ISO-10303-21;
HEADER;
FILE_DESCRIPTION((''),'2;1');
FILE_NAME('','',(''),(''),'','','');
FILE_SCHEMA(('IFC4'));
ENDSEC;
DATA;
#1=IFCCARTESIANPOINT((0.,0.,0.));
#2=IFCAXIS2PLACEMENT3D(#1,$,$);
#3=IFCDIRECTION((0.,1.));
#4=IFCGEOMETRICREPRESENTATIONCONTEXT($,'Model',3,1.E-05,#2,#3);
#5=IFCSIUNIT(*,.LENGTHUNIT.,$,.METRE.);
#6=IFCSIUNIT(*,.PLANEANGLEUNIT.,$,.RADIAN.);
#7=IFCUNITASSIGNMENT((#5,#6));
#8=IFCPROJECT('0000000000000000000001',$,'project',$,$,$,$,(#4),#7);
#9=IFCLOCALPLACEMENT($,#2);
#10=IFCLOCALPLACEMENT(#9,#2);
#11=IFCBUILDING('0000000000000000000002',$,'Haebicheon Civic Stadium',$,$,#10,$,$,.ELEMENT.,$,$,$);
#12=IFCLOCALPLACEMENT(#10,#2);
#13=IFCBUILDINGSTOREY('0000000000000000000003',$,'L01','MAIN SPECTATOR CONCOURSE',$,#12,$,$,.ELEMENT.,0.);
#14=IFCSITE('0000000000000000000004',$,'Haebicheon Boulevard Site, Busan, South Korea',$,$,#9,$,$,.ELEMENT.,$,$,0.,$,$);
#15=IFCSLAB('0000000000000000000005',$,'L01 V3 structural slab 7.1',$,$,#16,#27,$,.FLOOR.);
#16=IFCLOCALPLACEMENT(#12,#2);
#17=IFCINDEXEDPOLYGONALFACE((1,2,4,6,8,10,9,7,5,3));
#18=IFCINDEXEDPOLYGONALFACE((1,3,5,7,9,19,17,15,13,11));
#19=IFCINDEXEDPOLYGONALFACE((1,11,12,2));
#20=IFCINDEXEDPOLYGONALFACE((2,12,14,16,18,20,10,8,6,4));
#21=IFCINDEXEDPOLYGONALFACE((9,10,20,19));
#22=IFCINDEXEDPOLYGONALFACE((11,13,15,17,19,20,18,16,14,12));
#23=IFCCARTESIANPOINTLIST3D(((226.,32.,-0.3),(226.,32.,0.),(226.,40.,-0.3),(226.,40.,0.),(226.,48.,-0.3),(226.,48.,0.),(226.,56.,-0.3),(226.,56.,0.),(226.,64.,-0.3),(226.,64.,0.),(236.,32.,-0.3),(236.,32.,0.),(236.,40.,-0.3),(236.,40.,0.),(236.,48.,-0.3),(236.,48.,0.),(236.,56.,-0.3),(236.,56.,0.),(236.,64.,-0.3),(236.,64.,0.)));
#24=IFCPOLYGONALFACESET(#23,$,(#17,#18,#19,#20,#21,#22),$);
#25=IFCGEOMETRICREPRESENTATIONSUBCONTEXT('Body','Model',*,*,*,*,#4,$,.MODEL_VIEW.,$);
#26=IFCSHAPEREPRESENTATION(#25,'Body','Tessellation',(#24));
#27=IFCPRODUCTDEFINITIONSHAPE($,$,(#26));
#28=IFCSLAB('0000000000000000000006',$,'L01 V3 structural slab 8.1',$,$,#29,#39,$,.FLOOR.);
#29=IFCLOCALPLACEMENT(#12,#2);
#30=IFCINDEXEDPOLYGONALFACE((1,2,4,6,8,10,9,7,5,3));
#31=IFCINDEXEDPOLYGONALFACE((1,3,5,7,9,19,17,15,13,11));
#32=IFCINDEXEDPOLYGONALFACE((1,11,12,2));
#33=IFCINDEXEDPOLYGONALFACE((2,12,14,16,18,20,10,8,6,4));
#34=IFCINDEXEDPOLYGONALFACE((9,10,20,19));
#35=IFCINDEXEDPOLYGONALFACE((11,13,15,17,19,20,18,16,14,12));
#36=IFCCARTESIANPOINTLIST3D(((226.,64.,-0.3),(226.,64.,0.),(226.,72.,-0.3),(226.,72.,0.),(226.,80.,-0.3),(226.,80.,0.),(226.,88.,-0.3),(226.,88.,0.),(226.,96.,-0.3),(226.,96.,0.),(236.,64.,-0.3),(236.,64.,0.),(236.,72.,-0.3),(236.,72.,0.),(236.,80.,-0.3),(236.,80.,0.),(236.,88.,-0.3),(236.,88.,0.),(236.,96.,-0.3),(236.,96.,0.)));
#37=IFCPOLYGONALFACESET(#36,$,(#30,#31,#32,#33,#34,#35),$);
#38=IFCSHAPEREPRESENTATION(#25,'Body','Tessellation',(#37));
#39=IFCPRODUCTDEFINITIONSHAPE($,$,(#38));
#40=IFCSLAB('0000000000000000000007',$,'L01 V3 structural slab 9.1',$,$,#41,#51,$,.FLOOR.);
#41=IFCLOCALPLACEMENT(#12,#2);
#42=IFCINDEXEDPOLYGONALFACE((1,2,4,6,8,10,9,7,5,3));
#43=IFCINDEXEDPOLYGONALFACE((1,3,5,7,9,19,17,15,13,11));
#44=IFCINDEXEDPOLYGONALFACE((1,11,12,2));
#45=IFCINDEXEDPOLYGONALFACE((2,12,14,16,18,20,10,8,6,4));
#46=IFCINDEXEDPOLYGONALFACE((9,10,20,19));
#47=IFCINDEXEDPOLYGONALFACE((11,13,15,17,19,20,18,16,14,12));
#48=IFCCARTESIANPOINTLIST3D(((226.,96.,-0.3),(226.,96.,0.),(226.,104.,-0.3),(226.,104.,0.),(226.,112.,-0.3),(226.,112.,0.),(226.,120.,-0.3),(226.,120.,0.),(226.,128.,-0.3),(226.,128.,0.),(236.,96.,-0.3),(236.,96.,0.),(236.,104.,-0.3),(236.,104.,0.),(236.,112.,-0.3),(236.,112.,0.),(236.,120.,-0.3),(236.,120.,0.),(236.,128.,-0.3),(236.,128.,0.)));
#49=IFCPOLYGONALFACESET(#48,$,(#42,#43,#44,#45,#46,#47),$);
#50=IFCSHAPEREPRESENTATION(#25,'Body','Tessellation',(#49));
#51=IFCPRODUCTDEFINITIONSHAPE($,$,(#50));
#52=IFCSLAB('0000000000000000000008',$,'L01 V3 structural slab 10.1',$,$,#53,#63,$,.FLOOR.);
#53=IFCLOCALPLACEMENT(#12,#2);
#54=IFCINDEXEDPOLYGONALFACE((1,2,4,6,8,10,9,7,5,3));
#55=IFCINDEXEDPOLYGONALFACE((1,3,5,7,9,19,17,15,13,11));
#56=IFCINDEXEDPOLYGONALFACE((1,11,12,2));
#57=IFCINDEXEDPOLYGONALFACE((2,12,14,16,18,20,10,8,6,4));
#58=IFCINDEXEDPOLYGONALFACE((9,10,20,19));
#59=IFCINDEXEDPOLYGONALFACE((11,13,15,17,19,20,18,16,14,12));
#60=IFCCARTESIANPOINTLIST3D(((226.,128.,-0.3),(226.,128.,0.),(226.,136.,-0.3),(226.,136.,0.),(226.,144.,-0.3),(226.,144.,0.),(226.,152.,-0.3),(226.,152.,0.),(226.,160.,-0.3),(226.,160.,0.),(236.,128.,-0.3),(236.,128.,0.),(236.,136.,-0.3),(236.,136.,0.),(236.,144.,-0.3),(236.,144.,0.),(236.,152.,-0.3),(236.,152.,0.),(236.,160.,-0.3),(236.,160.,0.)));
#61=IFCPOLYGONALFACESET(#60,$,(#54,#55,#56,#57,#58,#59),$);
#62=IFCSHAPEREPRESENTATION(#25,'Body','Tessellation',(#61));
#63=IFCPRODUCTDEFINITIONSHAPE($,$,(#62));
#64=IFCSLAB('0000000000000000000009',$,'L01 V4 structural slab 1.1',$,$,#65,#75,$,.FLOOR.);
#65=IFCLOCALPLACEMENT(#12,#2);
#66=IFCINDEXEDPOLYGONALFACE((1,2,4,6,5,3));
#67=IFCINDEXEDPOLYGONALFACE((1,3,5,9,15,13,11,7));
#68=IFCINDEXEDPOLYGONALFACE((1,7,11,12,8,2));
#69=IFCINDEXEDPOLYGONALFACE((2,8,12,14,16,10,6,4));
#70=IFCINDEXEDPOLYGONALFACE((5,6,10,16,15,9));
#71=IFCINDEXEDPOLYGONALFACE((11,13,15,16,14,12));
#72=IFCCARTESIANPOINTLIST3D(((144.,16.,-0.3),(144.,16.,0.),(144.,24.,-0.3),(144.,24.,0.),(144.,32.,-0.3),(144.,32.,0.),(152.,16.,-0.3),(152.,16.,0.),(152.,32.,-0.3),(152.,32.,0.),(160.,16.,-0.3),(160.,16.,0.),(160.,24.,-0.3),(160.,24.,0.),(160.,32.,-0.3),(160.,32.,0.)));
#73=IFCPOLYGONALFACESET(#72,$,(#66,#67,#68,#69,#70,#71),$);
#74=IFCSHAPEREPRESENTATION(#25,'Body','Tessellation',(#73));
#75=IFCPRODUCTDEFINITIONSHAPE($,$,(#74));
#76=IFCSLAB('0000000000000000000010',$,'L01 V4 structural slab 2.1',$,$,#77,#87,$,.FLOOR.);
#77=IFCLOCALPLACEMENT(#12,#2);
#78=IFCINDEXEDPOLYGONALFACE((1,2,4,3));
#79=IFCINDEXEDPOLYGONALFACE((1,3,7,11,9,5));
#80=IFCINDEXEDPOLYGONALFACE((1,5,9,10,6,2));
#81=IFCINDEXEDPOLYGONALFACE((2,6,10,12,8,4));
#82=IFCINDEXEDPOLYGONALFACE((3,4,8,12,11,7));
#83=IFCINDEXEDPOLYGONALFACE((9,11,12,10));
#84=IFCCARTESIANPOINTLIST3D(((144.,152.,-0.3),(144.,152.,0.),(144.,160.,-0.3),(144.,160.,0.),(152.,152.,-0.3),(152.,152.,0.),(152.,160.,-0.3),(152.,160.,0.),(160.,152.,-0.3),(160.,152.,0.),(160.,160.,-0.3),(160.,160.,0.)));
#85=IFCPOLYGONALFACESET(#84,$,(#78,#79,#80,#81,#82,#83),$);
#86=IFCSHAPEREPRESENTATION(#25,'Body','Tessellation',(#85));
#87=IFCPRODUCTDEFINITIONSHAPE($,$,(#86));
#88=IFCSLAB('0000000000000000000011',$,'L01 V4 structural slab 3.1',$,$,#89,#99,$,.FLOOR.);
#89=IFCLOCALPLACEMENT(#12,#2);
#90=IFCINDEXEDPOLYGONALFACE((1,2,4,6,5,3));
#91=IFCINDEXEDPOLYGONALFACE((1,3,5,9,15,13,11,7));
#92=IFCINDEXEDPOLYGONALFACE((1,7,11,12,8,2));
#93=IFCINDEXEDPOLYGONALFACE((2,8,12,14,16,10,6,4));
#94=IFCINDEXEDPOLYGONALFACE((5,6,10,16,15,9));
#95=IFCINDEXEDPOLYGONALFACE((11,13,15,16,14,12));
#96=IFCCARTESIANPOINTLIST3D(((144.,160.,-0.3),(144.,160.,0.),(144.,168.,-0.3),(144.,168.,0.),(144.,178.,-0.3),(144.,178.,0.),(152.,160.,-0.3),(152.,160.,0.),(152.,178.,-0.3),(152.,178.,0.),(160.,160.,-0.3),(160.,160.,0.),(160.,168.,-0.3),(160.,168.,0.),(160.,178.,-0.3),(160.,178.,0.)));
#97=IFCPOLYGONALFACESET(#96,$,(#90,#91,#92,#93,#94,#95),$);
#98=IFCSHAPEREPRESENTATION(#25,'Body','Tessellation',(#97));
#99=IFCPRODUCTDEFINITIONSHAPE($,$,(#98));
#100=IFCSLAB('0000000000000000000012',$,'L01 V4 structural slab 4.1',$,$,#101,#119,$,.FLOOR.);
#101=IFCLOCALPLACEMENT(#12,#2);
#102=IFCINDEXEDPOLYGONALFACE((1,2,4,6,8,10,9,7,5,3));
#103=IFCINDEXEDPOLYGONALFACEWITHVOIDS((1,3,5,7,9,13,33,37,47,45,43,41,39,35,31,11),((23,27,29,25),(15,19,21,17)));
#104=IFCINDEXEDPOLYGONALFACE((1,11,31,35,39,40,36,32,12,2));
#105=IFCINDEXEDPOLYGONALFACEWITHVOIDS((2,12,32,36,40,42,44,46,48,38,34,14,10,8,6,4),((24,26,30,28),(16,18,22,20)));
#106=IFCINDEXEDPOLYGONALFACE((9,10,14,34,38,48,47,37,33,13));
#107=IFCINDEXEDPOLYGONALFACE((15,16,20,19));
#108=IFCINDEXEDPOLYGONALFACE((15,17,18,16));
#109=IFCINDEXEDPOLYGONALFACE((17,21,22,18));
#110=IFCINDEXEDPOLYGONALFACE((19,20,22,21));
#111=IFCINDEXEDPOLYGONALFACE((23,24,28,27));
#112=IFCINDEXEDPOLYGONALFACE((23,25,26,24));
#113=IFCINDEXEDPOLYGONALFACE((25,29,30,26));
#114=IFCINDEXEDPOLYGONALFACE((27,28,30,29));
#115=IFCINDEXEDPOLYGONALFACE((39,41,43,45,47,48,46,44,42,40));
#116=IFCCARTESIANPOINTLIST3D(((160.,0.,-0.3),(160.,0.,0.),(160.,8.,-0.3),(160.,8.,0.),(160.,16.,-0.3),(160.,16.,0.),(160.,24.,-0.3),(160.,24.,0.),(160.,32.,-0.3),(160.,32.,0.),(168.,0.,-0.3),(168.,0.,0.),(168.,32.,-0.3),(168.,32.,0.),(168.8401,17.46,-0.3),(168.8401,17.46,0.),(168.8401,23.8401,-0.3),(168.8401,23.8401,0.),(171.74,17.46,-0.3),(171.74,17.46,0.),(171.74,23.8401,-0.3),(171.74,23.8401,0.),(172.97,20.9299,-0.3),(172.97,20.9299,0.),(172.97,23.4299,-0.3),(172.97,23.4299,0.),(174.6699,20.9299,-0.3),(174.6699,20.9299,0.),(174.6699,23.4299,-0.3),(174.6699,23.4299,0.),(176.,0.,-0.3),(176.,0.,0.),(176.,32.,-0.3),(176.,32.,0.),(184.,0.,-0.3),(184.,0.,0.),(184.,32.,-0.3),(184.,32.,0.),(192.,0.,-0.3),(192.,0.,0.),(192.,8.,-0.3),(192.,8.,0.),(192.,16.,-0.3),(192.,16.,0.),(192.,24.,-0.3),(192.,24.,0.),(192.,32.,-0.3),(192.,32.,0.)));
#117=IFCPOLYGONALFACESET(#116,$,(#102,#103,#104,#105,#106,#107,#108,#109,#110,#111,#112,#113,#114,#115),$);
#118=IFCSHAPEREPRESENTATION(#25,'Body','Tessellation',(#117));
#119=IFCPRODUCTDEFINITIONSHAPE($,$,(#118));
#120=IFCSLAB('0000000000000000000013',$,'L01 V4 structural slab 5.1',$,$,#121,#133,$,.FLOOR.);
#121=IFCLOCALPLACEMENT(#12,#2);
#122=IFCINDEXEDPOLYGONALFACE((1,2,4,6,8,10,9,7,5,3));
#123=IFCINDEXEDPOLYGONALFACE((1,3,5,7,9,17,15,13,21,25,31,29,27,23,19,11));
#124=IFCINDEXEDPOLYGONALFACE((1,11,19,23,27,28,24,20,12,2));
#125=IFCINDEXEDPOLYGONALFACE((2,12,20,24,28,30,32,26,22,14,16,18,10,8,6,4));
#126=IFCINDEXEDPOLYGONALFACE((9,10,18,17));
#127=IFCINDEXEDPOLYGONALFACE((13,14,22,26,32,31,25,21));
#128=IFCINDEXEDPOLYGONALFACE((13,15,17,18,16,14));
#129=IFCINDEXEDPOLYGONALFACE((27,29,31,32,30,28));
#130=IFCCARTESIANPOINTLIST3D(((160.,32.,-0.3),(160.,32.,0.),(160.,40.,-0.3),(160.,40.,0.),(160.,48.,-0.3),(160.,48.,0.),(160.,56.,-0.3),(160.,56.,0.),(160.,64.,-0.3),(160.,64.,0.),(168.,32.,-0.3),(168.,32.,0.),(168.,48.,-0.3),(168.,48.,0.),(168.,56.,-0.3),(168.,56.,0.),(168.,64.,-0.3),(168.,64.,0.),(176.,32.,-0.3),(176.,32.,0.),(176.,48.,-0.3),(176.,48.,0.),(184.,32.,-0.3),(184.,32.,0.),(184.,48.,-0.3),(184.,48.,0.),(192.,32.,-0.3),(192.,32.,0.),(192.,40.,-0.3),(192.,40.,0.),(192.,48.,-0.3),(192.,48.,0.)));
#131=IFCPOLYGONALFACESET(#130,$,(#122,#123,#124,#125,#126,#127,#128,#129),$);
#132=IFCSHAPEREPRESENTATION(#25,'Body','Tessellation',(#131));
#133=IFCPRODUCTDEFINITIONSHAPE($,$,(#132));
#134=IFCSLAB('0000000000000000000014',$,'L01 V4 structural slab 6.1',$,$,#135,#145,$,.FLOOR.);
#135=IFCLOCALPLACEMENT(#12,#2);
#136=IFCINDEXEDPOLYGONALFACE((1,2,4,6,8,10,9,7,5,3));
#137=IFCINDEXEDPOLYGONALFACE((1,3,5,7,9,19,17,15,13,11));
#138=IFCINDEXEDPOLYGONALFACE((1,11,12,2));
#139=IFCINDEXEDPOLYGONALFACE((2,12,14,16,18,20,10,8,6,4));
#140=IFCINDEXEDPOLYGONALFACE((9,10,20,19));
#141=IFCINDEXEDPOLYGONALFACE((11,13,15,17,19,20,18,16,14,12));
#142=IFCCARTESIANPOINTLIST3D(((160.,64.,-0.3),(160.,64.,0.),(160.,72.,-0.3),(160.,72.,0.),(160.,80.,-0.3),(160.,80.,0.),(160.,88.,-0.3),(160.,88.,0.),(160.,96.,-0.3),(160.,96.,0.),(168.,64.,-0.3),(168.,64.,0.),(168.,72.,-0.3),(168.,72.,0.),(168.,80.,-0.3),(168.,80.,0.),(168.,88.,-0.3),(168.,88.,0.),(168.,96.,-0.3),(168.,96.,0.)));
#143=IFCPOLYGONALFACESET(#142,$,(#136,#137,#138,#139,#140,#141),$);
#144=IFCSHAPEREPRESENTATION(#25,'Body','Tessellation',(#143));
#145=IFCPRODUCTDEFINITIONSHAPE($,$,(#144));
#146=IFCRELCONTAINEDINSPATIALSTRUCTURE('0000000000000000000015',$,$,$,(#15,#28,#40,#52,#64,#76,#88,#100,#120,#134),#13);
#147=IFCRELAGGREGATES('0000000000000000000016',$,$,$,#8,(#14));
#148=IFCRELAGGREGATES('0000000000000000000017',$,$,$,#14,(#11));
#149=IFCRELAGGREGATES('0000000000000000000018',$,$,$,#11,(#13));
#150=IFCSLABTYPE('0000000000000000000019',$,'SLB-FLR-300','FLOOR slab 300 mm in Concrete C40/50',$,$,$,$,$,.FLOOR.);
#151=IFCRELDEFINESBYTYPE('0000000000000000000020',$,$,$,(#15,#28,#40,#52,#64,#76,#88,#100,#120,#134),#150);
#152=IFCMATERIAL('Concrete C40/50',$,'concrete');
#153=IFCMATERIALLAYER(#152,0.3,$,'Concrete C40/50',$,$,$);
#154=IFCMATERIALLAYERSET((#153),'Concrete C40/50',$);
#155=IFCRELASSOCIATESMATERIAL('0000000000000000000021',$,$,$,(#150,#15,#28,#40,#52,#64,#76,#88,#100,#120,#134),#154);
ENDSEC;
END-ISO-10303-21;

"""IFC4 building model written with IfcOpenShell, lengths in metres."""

from ifc_helpers import new_model, si_unit, direction, frame, origin, place, context, subcontext, project, spatial, polyline, outline, extrude, material, layer, layer_set, type_object, element, save


model = new_model("IFC4")

# Units and contexts
model_context = context("Model", 3, precision=1e-05, world=origin(), true_north=direction((0.0, 1.0)))
body_context = subcontext(model_context, "Body", "Model", "MODEL_VIEW")
ifc_project = project(units=[si_unit("LENGTHUNIT", "METRE"), si_unit("PLANEANGLEUNIT", "RADIAN")], contexts=[model_context])

# Site, building, storey
site_placement = place(None, origin())
site = spatial("IfcSite", under=ifc_project, at=site_placement, Name="Haebicheon Boulevard Site, Busan, South Korea", CompositionType="ELEMENT", RefElevation=0.0)
building_placement = place(site_placement, origin())
building = spatial("IfcBuilding", under=site, at=building_placement, Name="Haebicheon Civic Stadium", CompositionType="ELEMENT")
storey_placement = place(building_placement, origin())
storey = spatial("IfcBuildingStorey", under=building, at=storey_placement, Name="L01", Description="MAIN SPECTATOR CONCOURSE", CompositionType="ELEMENT", Elevation=0.0)

# Slabs
ifc_material_1 = material(Name="Concrete C40/50", Category="concrete")
ifc_layer_1 = layer(ifc_material_1, 0.3, Name="Concrete C40/50")
ifc_layer_set_1 = layer_set([ifc_layer_1], Name="Concrete C40/50")
slab_type_1 = type_object("IfcSlabType", Name="SLB-FLR-300", Description="FLOOR slab 300 mm in Concrete C40/50", PredefinedType="FLOOR", material=ifc_layer_set_1)
slab_1_placement = place(storey_placement, frame((0.0, 0.0, -0.3)))
element("IfcSlab", 1, at=slab_1_placement, inside=storey, type_object=slab_type_1, material=ifc_layer_set_1, Name="L01 V3 structural slab 7.1", PredefinedType="FLOOR", context=body_context, shape_type="SweptSolid", body=[
    extrude(outline(polyline([(226.0, 32.0), (226.0, 40.0), (226.0, 48.0), (226.0, 56.0), (226.0, 64.0), (236.0, 64.0), (236.0, 56.0), (236.0, 48.0), (236.0, 40.0), (236.0, 32.0), (226.0, 32.0)])), origin(), (0.0, 0.0, 1.0), 0.3),
])
slab_2_placement = place(storey_placement, frame((0.0, 0.0, -0.3)))
element("IfcSlab", 2, at=slab_2_placement, inside=storey, type_object=slab_type_1, material=ifc_layer_set_1, Name="L01 V3 structural slab 8.1", PredefinedType="FLOOR", context=body_context, shape_type="SweptSolid", body=[
    extrude(outline(polyline([(226.0, 64.0), (226.0, 72.0), (226.0, 80.0), (226.0, 88.0), (226.0, 96.0), (236.0, 96.0), (236.0, 88.0), (236.0, 80.0), (236.0, 72.0), (236.0, 64.0), (226.0, 64.0)])), origin(), (0.0, 0.0, 1.0), 0.3),
])
slab_3_placement = place(storey_placement, frame((0.0, 0.0, -0.3)))
element("IfcSlab", 3, at=slab_3_placement, inside=storey, type_object=slab_type_1, material=ifc_layer_set_1, Name="L01 V3 structural slab 9.1", PredefinedType="FLOOR", context=body_context, shape_type="SweptSolid", body=[
    extrude(outline(polyline([(226.0, 96.0), (226.0, 104.0), (226.0, 112.0), (226.0, 120.0), (226.0, 128.0), (236.0, 128.0), (236.0, 120.0), (236.0, 112.0), (236.0, 104.0), (236.0, 96.0), (226.0, 96.0)])), origin(), (0.0, 0.0, 1.0), 0.3),
])
slab_4_placement = place(storey_placement, frame((0.0, 0.0, -0.3)))
element("IfcSlab", 4, at=slab_4_placement, inside=storey, type_object=slab_type_1, material=ifc_layer_set_1, Name="L01 V3 structural slab 10.1", PredefinedType="FLOOR", context=body_context, shape_type="SweptSolid", body=[
    extrude(outline(polyline([(226.0, 128.0), (226.0, 136.0), (226.0, 144.0), (226.0, 152.0), (226.0, 160.0), (236.0, 160.0), (236.0, 152.0), (236.0, 144.0), (236.0, 136.0), (236.0, 128.0), (226.0, 128.0)])), origin(), (0.0, 0.0, 1.0), 0.3),
])
slab_5_placement = place(storey_placement, frame((0.0, 0.0, -0.3)))
element("IfcSlab", 5, at=slab_5_placement, inside=storey, type_object=slab_type_1, material=ifc_layer_set_1, Name="L01 V4 structural slab 1.1", PredefinedType="FLOOR", context=body_context, shape_type="SweptSolid", body=[
    extrude(outline(polyline([(144.0, 24.0), (144.0, 32.0), (152.0, 32.0), (160.0, 32.0), (160.0, 24.0), (160.0, 16.0), (152.0, 16.0), (144.0, 16.0), (144.0, 24.0)])), origin(), (0.0, 0.0, 1.0), 0.3),
])
slab_6_placement = place(storey_placement, frame((0.0, 0.0, -0.3)))
element("IfcSlab", 6, at=slab_6_placement, inside=storey, type_object=slab_type_1, material=ifc_layer_set_1, Name="L01 V4 structural slab 2.1", PredefinedType="FLOOR", context=body_context, shape_type="SweptSolid", body=[
    extrude(outline(polyline([(144.0, 152.0), (144.0, 160.0), (152.0, 160.0), (160.0, 160.0), (160.0, 152.0), (152.0, 152.0), (144.0, 152.0)])), origin(), (0.0, 0.0, 1.0), 0.3),
])
slab_7_placement = place(storey_placement, frame((0.0, 0.0, -0.3)))
element("IfcSlab", 7, at=slab_7_placement, inside=storey, type_object=slab_type_1, material=ifc_layer_set_1, Name="L01 V4 structural slab 3.1", PredefinedType="FLOOR", context=body_context, shape_type="SweptSolid", body=[
    extrude(outline(polyline([(144.0, 168.0), (144.0, 178.0), (152.0, 178.0), (160.0, 178.0), (160.0, 168.0), (160.0, 160.0), (152.0, 160.0), (144.0, 160.0), (144.0, 168.0)])), origin(), (0.0, 0.0, 1.0), 0.3),
])
slab_8_placement = place(storey_placement, frame((0.0, 0.0, -0.3)))
element("IfcSlab", 8, at=slab_8_placement, inside=storey, type_object=slab_type_1, material=ifc_layer_set_1, Name="L01 V4 structural slab 4.1", PredefinedType="FLOOR", context=body_context, shape_type="SweptSolid", body=[
    extrude(outline(polyline([(160.0, 24.0), (160.0, 32.0), (168.0, 32.0), (176.0, 32.0), (184.0, 32.0), (192.0, 32.0), (192.0, 24.0), (192.0, 16.0), (192.0, 8.0), (192.0, 0.0), (184.0, 0.0), (176.0, 0.0), (168.0, 0.0), (160.0, 0.0), (160.0, 8.0), (160.0, 16.0), (160.0, 24.0)]), holes=[polyline([(168.8401, 17.46), (171.74, 17.46), (171.74, 23.8401), (168.8401, 23.8401), (168.8401, 17.46)]), polyline([(172.97, 20.9299), (174.6699, 20.9299), (174.6699, 23.4299), (172.97, 23.4299), (172.97, 20.9299)])]), origin(), (0.0, 0.0, 1.0), 0.3),
])
slab_9_placement = place(storey_placement, frame((0.0, 0.0, -0.3)))
element("IfcSlab", 9, at=slab_9_placement, inside=storey, type_object=slab_type_1, material=ifc_layer_set_1, Name="L01 V4 structural slab 5.1", PredefinedType="FLOOR", context=body_context, shape_type="SweptSolid", body=[
    extrude(outline(polyline([(160.0, 48.0), (160.0, 56.0), (160.0, 64.0), (168.0, 64.0), (168.0, 56.0), (168.0, 48.0), (176.0, 48.0), (184.0, 48.0), (192.0, 48.0), (192.0, 40.0), (192.0, 32.0), (184.0, 32.0), (176.0, 32.0), (168.0, 32.0), (160.0, 32.0), (160.0, 40.0), (160.0, 48.0)])), origin(), (0.0, 0.0, 1.0), 0.3),
])
slab_10_placement = place(storey_placement, frame((0.0, 0.0, -0.3)))
element("IfcSlab", 10, at=slab_10_placement, inside=storey, type_object=slab_type_1, material=ifc_layer_set_1, Name="L01 V4 structural slab 6.1", PredefinedType="FLOOR", context=body_context, shape_type="SweptSolid", body=[
    extrude(outline(polyline([(160.0, 64.0), (160.0, 72.0), (160.0, 80.0), (160.0, 88.0), (160.0, 96.0), (168.0, 96.0), (168.0, 88.0), (168.0, 80.0), (168.0, 72.0), (168.0, 64.0), (160.0, 64.0)])), origin(), (0.0, 0.0, 1.0), 0.3),
])

save(model, "model.ifc")
